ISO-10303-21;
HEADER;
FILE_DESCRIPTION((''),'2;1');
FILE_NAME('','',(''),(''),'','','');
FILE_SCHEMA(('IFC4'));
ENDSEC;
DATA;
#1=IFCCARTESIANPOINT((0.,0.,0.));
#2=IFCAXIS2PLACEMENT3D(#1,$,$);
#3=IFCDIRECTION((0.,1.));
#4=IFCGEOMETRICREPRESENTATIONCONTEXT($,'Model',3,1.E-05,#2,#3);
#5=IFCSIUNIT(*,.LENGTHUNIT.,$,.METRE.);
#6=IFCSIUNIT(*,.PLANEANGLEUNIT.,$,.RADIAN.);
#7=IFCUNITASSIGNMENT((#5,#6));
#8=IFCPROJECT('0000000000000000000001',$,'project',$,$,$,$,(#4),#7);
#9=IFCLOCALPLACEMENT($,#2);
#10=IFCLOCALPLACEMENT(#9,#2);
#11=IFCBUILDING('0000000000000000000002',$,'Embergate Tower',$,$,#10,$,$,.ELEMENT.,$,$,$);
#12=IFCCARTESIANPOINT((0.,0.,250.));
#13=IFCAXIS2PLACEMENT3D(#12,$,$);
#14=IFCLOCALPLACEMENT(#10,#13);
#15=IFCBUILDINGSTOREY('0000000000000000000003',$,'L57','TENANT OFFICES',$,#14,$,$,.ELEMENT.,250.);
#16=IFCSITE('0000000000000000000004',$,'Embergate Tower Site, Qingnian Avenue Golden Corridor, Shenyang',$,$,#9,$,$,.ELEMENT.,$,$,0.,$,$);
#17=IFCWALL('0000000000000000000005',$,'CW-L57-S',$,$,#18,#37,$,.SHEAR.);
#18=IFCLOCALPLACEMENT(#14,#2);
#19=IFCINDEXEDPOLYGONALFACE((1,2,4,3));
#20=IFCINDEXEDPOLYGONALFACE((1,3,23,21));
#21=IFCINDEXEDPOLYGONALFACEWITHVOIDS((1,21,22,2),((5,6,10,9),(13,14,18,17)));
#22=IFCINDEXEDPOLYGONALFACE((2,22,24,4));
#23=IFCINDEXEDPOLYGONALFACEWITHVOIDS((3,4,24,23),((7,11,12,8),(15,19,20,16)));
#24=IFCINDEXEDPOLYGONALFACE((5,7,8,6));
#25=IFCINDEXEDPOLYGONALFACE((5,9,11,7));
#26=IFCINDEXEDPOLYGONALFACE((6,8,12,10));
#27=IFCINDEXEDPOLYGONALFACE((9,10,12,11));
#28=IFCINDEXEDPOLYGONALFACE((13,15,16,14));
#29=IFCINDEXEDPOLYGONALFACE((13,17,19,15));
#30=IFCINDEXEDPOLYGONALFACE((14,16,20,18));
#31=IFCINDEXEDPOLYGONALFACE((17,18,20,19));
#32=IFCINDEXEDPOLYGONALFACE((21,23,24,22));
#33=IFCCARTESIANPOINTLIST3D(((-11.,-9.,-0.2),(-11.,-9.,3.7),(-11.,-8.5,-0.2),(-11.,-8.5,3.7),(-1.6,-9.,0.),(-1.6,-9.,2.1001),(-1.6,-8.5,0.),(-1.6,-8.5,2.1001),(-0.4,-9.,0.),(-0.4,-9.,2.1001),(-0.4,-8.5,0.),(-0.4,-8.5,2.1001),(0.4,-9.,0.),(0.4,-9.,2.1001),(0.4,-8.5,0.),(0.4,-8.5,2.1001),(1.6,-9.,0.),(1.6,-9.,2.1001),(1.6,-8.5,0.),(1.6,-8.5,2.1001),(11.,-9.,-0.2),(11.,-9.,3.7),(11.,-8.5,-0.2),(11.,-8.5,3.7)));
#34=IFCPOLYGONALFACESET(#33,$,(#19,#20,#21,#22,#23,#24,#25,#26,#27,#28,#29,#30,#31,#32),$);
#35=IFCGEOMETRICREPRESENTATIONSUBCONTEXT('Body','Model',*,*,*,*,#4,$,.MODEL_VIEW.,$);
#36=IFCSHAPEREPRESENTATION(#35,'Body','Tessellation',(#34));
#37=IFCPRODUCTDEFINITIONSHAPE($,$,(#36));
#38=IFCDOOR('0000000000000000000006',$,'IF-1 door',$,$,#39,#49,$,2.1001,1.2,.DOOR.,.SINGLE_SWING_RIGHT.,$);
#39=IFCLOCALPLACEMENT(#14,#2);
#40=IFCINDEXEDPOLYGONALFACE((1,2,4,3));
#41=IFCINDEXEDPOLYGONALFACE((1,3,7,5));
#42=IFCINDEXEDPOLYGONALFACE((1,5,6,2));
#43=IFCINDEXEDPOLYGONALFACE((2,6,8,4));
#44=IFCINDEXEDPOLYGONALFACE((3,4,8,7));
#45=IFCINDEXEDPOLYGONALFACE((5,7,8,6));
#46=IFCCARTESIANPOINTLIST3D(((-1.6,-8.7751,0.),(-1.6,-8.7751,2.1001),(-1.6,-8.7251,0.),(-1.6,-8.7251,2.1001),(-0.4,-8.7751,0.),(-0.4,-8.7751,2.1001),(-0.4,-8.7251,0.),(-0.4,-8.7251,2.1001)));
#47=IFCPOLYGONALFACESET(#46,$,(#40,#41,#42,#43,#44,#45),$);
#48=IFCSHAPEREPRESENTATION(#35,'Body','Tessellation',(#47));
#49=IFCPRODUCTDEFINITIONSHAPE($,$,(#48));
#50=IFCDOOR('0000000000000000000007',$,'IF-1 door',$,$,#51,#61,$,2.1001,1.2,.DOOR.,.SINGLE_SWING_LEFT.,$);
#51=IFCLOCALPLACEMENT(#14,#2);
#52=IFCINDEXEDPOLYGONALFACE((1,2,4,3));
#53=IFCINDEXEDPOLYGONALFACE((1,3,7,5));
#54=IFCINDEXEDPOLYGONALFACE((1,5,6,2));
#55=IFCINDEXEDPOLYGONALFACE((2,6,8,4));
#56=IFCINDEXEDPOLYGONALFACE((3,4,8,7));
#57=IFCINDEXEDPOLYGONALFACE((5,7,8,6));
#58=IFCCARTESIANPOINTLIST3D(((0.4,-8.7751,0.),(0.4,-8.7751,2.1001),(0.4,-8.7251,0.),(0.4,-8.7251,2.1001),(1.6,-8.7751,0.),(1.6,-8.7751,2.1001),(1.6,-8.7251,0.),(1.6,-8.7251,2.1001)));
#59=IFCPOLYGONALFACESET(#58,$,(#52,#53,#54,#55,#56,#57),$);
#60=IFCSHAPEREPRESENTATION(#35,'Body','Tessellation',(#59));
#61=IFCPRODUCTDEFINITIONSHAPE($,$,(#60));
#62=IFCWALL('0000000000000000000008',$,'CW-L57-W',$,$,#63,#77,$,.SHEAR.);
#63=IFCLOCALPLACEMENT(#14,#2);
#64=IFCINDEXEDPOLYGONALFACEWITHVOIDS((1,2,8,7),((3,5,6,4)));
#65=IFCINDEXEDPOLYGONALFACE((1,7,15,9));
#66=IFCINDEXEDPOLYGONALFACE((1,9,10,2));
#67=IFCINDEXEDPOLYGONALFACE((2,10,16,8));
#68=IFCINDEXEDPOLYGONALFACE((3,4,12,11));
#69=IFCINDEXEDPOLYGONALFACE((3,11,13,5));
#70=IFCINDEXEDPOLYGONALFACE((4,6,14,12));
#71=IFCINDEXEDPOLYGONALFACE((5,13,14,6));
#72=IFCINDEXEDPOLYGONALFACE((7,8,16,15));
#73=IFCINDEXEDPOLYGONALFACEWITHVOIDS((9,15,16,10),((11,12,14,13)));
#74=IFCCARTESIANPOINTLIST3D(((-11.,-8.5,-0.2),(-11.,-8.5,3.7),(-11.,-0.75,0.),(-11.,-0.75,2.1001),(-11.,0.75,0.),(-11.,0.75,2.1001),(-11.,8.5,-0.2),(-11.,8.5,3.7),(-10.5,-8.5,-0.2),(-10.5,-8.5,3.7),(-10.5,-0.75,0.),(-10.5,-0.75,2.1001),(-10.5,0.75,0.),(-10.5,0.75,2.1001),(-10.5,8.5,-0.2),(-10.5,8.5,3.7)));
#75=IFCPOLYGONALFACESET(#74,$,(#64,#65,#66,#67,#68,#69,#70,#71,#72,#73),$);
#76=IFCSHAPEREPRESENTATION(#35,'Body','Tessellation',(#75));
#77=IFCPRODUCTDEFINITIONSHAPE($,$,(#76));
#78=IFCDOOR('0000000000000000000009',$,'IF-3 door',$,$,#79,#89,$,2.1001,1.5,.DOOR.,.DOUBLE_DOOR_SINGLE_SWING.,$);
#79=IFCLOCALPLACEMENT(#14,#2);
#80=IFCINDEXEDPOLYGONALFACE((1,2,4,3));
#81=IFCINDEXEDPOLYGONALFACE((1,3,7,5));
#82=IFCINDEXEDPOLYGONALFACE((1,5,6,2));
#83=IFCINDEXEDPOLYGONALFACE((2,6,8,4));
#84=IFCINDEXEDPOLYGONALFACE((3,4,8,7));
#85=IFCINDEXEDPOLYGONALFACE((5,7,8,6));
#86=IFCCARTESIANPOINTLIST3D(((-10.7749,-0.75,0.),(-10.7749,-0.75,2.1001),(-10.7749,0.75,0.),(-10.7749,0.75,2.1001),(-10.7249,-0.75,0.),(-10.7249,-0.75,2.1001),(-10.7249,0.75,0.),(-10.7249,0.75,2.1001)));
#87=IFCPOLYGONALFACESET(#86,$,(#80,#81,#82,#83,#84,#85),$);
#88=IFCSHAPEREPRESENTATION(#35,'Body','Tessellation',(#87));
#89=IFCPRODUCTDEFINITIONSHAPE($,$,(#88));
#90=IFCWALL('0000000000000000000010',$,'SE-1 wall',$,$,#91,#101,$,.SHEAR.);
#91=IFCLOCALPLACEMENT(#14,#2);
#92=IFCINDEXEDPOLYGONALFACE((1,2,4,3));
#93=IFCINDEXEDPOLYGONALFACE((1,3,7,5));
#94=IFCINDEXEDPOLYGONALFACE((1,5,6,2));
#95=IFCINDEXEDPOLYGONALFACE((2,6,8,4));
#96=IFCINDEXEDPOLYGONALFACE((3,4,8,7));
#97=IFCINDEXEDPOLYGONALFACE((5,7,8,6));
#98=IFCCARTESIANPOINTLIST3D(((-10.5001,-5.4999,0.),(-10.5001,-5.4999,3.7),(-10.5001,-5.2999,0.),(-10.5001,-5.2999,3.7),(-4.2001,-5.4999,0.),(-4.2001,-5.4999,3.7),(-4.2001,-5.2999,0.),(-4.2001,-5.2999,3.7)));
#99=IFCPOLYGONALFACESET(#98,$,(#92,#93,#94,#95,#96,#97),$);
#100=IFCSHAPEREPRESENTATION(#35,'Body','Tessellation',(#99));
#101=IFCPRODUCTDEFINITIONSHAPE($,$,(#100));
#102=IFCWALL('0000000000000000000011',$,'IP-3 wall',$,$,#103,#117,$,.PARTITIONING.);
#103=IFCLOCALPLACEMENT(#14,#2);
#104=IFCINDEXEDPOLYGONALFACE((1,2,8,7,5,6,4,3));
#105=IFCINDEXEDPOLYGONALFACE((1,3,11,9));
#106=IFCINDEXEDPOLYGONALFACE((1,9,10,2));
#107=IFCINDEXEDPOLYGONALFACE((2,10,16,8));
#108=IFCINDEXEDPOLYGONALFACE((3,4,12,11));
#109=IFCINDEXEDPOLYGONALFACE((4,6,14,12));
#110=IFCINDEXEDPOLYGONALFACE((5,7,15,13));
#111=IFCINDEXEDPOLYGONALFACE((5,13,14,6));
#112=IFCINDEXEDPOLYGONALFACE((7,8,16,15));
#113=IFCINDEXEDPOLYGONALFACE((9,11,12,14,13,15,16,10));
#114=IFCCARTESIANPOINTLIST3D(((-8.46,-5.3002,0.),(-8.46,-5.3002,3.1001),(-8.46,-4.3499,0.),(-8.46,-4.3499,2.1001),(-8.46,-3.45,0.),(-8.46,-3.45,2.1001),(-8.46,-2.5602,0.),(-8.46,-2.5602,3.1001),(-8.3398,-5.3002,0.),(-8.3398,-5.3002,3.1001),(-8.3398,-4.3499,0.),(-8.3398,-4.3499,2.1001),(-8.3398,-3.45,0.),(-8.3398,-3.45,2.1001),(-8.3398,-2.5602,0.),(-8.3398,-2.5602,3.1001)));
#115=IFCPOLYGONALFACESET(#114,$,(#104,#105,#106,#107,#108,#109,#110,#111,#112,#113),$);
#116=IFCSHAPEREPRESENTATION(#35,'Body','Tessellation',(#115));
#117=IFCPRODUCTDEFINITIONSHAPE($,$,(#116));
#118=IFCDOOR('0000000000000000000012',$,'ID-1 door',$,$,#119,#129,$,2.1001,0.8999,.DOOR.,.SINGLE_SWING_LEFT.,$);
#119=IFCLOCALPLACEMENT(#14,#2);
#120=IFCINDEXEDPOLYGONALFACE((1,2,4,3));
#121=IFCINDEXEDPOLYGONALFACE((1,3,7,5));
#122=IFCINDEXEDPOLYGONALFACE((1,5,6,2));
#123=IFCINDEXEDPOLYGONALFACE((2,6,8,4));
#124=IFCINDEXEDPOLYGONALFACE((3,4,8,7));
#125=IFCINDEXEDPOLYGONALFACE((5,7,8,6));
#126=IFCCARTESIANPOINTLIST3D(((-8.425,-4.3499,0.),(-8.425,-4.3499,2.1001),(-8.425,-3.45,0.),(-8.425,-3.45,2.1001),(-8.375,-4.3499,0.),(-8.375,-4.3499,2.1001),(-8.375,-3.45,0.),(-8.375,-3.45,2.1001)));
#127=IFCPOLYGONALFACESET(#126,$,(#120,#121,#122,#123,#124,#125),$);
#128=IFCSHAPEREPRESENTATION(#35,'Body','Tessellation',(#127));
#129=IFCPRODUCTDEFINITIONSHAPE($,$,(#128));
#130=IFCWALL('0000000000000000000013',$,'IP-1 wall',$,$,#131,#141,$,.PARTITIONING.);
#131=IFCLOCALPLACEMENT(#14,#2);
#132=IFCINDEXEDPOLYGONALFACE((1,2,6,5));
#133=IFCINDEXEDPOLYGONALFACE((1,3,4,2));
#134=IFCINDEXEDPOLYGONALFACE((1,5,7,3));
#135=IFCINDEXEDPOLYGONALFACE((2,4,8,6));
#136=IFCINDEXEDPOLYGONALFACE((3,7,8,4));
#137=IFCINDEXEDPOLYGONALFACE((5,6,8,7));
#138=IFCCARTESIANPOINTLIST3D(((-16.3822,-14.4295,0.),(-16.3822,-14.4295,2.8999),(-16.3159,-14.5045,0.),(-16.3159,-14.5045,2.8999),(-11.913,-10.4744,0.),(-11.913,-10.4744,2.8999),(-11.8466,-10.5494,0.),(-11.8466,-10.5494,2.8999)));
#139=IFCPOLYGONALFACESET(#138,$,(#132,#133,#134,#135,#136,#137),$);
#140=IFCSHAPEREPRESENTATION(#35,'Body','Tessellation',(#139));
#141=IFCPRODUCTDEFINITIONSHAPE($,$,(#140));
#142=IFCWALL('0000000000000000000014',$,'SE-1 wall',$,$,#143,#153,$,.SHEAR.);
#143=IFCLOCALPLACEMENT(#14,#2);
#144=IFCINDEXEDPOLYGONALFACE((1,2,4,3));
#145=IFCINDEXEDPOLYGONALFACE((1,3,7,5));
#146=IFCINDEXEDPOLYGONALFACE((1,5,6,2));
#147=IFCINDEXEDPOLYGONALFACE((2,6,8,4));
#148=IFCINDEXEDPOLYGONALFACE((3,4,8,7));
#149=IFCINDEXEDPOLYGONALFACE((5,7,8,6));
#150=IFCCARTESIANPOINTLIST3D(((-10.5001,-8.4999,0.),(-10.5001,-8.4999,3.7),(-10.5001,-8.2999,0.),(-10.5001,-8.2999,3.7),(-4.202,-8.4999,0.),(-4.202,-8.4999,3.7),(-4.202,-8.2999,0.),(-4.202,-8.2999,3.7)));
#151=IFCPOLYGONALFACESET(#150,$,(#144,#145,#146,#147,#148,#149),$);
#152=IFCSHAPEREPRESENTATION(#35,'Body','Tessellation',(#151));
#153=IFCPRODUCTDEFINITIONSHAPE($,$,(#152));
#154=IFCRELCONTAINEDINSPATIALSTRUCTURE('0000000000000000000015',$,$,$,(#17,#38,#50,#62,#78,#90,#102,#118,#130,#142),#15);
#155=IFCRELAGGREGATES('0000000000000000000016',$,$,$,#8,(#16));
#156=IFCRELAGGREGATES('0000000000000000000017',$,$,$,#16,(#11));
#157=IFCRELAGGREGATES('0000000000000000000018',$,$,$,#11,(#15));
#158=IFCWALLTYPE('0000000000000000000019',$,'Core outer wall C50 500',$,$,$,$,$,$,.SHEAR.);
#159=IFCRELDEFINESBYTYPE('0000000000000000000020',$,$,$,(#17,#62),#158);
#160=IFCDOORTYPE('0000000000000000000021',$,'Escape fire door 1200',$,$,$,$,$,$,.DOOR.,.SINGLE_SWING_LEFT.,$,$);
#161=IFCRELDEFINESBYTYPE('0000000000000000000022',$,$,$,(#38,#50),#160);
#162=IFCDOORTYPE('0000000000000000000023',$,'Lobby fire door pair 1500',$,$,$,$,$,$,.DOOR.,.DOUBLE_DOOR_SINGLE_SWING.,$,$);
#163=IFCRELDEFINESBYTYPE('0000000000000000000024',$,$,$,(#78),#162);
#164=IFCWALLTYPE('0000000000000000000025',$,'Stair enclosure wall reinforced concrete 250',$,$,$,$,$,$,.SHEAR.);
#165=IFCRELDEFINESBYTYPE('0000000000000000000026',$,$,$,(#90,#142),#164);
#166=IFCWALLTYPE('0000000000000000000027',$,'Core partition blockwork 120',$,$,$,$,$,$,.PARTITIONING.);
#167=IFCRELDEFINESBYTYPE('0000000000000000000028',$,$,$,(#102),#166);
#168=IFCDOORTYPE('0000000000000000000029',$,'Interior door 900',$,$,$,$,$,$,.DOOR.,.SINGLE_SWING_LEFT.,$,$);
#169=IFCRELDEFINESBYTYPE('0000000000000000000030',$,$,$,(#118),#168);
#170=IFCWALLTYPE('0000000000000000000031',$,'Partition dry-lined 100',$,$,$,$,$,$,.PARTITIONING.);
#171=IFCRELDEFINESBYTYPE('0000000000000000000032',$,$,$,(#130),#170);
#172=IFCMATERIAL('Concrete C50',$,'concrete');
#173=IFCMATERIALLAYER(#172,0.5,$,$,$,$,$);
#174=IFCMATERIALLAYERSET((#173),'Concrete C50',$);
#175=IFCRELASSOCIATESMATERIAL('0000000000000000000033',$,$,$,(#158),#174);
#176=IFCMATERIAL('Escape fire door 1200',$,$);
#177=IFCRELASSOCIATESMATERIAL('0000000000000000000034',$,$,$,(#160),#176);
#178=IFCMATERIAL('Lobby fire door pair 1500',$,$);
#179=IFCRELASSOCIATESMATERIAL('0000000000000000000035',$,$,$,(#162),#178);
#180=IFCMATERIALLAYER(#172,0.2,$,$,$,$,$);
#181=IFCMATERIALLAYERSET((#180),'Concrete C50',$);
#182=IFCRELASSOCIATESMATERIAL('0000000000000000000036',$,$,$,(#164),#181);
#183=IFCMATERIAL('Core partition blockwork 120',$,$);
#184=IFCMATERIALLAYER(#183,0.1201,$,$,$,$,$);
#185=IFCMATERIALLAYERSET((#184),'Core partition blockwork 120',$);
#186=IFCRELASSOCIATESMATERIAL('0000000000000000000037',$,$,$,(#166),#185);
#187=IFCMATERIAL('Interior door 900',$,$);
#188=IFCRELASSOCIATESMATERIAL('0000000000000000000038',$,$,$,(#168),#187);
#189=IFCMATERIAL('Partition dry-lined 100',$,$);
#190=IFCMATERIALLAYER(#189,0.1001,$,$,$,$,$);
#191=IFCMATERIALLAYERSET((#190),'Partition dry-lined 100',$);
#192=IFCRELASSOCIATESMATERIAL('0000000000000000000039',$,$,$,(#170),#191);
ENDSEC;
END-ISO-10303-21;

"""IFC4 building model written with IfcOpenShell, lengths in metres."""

from ifc_helpers import new_model, si_unit, direction, frame, frame_2d, origin, place, context, subcontext, project, spatial, rectangle, extrude, source, transform, mapped, material, layer, layer_set, type_object, element, fill, save


model = new_model("IFC4")

# Units and contexts
model_context = context("Model", 3, precision=1e-05, world=origin(), true_north=direction((0.0, 1.0)))
body_context = subcontext(model_context, "Body", "Model", "MODEL_VIEW")
ifc_project = project(units=[si_unit("LENGTHUNIT", "METRE"), si_unit("PLANEANGLEUNIT", "RADIAN")], contexts=[model_context])

# Site, building, storey
site_placement = place(None, origin())
site = spatial("IfcSite", under=ifc_project, at=site_placement, Name="Embergate Tower Site, Qingnian Avenue Golden Corridor, Shenyang", CompositionType="ELEMENT", RefElevation=0.0)
building_placement = place(site_placement, origin())
building = spatial("IfcBuilding", under=site, at=building_placement, Name="Embergate Tower", CompositionType="ELEMENT")
storey_placement = place(building_placement, frame((0.0, 0.0, 250.0)))
storey = spatial("IfcBuildingStorey", under=building, at=storey_placement, Name="L57", Description="TENANT OFFICES", CompositionType="ELEMENT", Elevation=250.0)

# Wall, openings, doors
ifc_material_1 = material(Name="Concrete C50", Category="concrete")
ifc_layer_1 = layer(ifc_material_1, 0.5)
ifc_layer_set_1 = layer_set([ifc_layer_1], Name="Concrete C50")
wall_type_1 = type_object("IfcWallType", Name="Core outer wall C50 500", PredefinedType="SHEAR", material=ifc_layer_set_1)
shared_shape_1 = source(origin(), body_context, "Body", "SweptSolid", [
    extrude(rectangle(XDim=22.0, YDim=0.5, at=frame_2d((11.0, 0.0))), origin(), (0.0, 0.0, 1.0), 3.8999),
])
wall_1_placement = place(storey_placement, frame((-11.0, -8.75, -0.2), z_axis=(0.0, 0.0, 1.0), x_axis=(1.0, 0.0, 0.0)))
wall_1 = element("IfcWall", 1, at=wall_1_placement, inside=storey, type_object=wall_type_1, Name="CW-L57-S", PredefinedType="SHEAR", context=body_context, shape_type="MappedRepresentation", body=[
    mapped(shared_shape_1, transform((0.0, 0.0, 0.0))),
])
shared_shape_2 = source(origin(), body_context, "Body", "SweptSolid", [
    extrude(rectangle(XDim=1.2, YDim=2.1001, at=frame_2d((0.6001, 1.05))), frame((0.0, 0.26, 0.0), z_axis=(0.0, -1.0, 0.0), x_axis=(1.0, 0.0, 0.0)), (0.0, 0.0, 1.0), 0.52),
])
opening_1_placement = place(wall_1_placement, frame((9.3999, 0.0, 0.2)))
opening_1 = element("IfcOpeningElement", 2, at=opening_1_placement, cuts=wall_1, PredefinedType="OPENING", context=body_context, shape_type="MappedRepresentation", body=[
    mapped(shared_shape_2, transform((0.0, 0.0, 0.0))),
])
opening_2_placement = place(wall_1_placement, frame((11.3999, 0.0, 0.2)))
opening_2 = element("IfcOpeningElement", 3, at=opening_2_placement, cuts=wall_1, PredefinedType="OPENING", context=body_context, shape_type="MappedRepresentation", body=[
    mapped(shared_shape_2, transform((0.0, 0.0, 0.0))),
])
ifc_material_2 = material(Name="Escape fire door 1200")
door_type_1 = type_object("IfcDoorType", Name="Escape fire door 1200", OperationType="SINGLE_SWING_LEFT", PredefinedType="DOOR", material=ifc_material_2)
shared_shape_3 = source(origin(), body_context, "Body", "SweptSolid", [
    extrude(rectangle(XDim=1.2, YDim=2.1001, at=frame_2d((0.6001, 1.05))), frame((0.0, 0.0249, 0.0), z_axis=(0.0, -1.0, 0.0), x_axis=(1.0, 0.0, 0.0)), (0.0, 0.0, 1.0), 0.05),
])
door_1_placement = place(opening_1_placement, origin())
door_1 = element("IfcDoor", 4, at=door_1_placement, inside=storey, type_object=door_type_1, Name="IF-1 door", OperationType="SINGLE_SWING_RIGHT", OverallHeight=2.1001, OverallWidth=1.2, PredefinedType="DOOR", context=body_context, shape_type="MappedRepresentation", body=[
    mapped(shared_shape_3, transform((0.0, 0.0, 0.0))),
])
fill(opening_1, door_1)
door_2_placement = place(opening_2_placement, origin())
door_2 = element("IfcDoor", 5, at=door_2_placement, inside=storey, type_object=door_type_1, Name="IF-1 door", OperationType="SINGLE_SWING_LEFT", OverallHeight=2.1001, OverallWidth=1.2, PredefinedType="DOOR", context=body_context, shape_type="MappedRepresentation", body=[
    mapped(shared_shape_3, transform((0.0, 0.0, 0.0))),
])
fill(opening_2, door_2)

# Wall, opening, door
shared_shape_4 = source(origin(), body_context, "Body", "SweptSolid", [
    extrude(rectangle(XDim=17.0, YDim=0.5, at=frame_2d((8.5, 0.0))), origin(), (0.0, 0.0, 1.0), 3.8999),
])
wall_2_placement = place(storey_placement, frame((-10.75, -8.5, -0.2), z_axis=(0.0, 0.0, 1.0), x_axis=(0.0, 1.0, 0.0)))
wall_2 = element("IfcWall", 6, at=wall_2_placement, inside=storey, type_object=wall_type_1, Name="CW-L57-W", PredefinedType="SHEAR", context=body_context, shape_type="MappedRepresentation", body=[
    mapped(shared_shape_4, transform((0.0, 0.0, 0.0))),
])
shared_shape_5 = source(origin(), body_context, "Body", "SweptSolid", [
    extrude(rectangle(XDim=1.5, YDim=2.1001, at=frame_2d((0.75, 1.05))), frame((0.0, 0.26, 0.0), z_axis=(0.0, -1.0, 0.0), x_axis=(1.0, 0.0, 0.0)), (0.0, 0.0, 1.0), 0.52),
])
opening_3_placement = place(wall_2_placement, frame((7.75, 0.0, 0.2)))
opening_3 = element("IfcOpeningElement", 7, at=opening_3_placement, cuts=wall_2, PredefinedType="OPENING", context=body_context, shape_type="MappedRepresentation", body=[
    mapped(shared_shape_5, transform((0.0, 0.0, 0.0))),
])
ifc_material_3 = material(Name="Lobby fire door pair 1500")
door_type_2 = type_object("IfcDoorType", Name="Lobby fire door pair 1500", OperationType="DOUBLE_DOOR_SINGLE_SWING", PredefinedType="DOOR", material=ifc_material_3)
shared_shape_6 = source(origin(), body_context, "Body", "SweptSolid", [
    extrude(rectangle(XDim=1.5, YDim=2.1001, at=frame_2d((0.75, 1.05))), frame((0.0, 0.0249, 0.0), z_axis=(0.0, -1.0, 0.0), x_axis=(1.0, 0.0, 0.0)), (0.0, 0.0, 1.0), 0.05),
])
door_3_placement = place(opening_3_placement, origin())
door_3 = element("IfcDoor", 8, at=door_3_placement, inside=storey, type_object=door_type_2, Name="IF-3 door", OperationType="DOUBLE_DOOR_SINGLE_SWING", OverallHeight=2.1001, OverallWidth=1.5, PredefinedType="DOOR", context=body_context, shape_type="MappedRepresentation", body=[
    mapped(shared_shape_6, transform((0.0, 0.0, 0.0))),
])
fill(opening_3, door_3)

# Wall
ifc_layer_2 = layer(ifc_material_1, 0.2)
ifc_layer_set_2 = layer_set([ifc_layer_2], Name="Concrete C50")
wall_type_2 = type_object("IfcWallType", Name="Stair enclosure wall reinforced concrete 250", PredefinedType="SHEAR", material=ifc_layer_set_2)
shared_shape_7 = source(origin(), body_context, "Body", "SweptSolid", [
    extrude(rectangle(XDim=6.3, YDim=0.2, at=frame_2d((3.1499, 0.0))), origin(), (0.0, 0.0, 1.0), 3.7),
])
wall_3_placement = place(storey_placement, frame((-10.5, -5.3999, 0.0), z_axis=(0.0, 0.0, 1.0), x_axis=(1.0, 0.0, 0.0)))
element("IfcWall", 9, at=wall_3_placement, inside=storey, type_object=wall_type_2, Name="SE-1 wall", PredefinedType="SHEAR", context=body_context, shape_type="MappedRepresentation", body=[
    mapped(shared_shape_7, transform((0.0, 0.0, 0.0))),
])

# Wall, opening, door
ifc_material_4 = material(Name="Core partition blockwork 120")
ifc_layer_3 = layer(ifc_material_4, 0.1201)
ifc_layer_set_3 = layer_set([ifc_layer_3], Name="Core partition blockwork 120")
wall_type_3 = type_object("IfcWallType", Name="Core partition blockwork 120", PredefinedType="PARTITIONING", material=ifc_layer_set_3)
shared_shape_8 = source(origin(), body_context, "Body", "SweptSolid", [
    extrude(rectangle(XDim=2.74, YDim=0.1201, at=frame_2d((1.3701, 0.0))), origin(), (0.0, 0.0, 1.0), 3.1001),
])
wall_4_placement = place(storey_placement, frame((-8.3999, -2.5601, 0.0), z_axis=(0.0, 0.0, 1.0), x_axis=(0.0, -1.0, 0.0)))
wall_4 = element("IfcWall", 10, at=wall_4_placement, inside=storey, type_object=wall_type_3, Name="IP-3 wall", PredefinedType="PARTITIONING", context=body_context, shape_type="MappedRepresentation", body=[
    mapped(shared_shape_8, transform((0.0, 0.0, 0.0))),
])
shared_shape_9 = source(origin(), body_context, "Body", "SweptSolid", [
    extrude(rectangle(XDim=0.8999, YDim=2.1001, at=frame_2d((0.45, 1.05))), frame((0.0, 0.0701, 0.0), z_axis=(0.0, -1.0, 0.0), x_axis=(1.0, 0.0, 0.0)), (0.0, 0.0, 1.0), 0.1401),
])
opening_4_placement = place(wall_4_placement, frame((0.8899, 0.0, 0.0)))
opening_4 = element("IfcOpeningElement", 11, at=opening_4_placement, cuts=wall_4, PredefinedType="OPENING", context=body_context, shape_type="MappedRepresentation", body=[
    mapped(shared_shape_9, transform((0.0, 0.0, 0.0))),
])
ifc_material_5 = material(Name="Interior door 900")
door_type_3 = type_object("IfcDoorType", Name="Interior door 900", OperationType="SINGLE_SWING_LEFT", PredefinedType="DOOR", material=ifc_material_5)
shared_shape_10 = source(origin(), body_context, "Body", "SweptSolid", [
    extrude(rectangle(XDim=0.8999, YDim=2.1001, at=frame_2d((0.45, 1.05))), frame((0.0, 0.0249, 0.0), z_axis=(0.0, -1.0, 0.0), x_axis=(1.0, 0.0, 0.0)), (0.0, 0.0, 1.0), 0.05),
])
door_4_placement = place(opening_4_placement, origin())
door_4 = element("IfcDoor", 12, at=door_4_placement, inside=storey, type_object=door_type_3, Name="ID-1 door", OperationType="SINGLE_SWING_LEFT", OverallHeight=2.1001, OverallWidth=0.8999, PredefinedType="DOOR", context=body_context, shape_type="MappedRepresentation", body=[
    mapped(shared_shape_10, transform((0.0, 0.0, 0.0))),
])
fill(opening_4, door_4)

# Walls
ifc_material_6 = material(Name="Partition dry-lined 100")
ifc_layer_4 = layer(ifc_material_6, 0.1001)
ifc_layer_set_4 = layer_set([ifc_layer_4], Name="Partition dry-lined 100")
wall_type_4 = type_object("IfcWallType", Name="Partition dry-lined 100", PredefinedType="PARTITIONING", material=ifc_layer_set_4)
shared_shape_11 = source(origin(), body_context, "Body", "SweptSolid", [
    extrude(rectangle(XDim=5.968, YDim=0.1001, at=frame_2d((2.9839, 0.0))), origin(), (0.0, 0.0, 1.0), 2.8999),
])
wall_5_placement = place(storey_placement, frame((-11.8799, -10.512, 0.0), z_axis=(0.0, 0.0, 1.0), x_axis=(-0.74887, -0.662717, 0.0)))
element("IfcWall", 13, at=wall_5_placement, inside=storey, type_object=wall_type_4, Name="IP-1 wall", PredefinedType="PARTITIONING", context=body_context, shape_type="MappedRepresentation", body=[
    mapped(shared_shape_11, transform((0.0, 0.0, 0.0))),
])
shared_shape_12 = source(origin(), body_context, "Body", "SweptSolid", [
    extrude(rectangle(XDim=6.2981, YDim=0.2, at=frame_2d((3.1489, 0.0))), origin(), (0.0, 0.0, 1.0), 3.7),
])
wall_6_placement = place(storey_placement, frame((-10.5, -8.3999, 0.0), z_axis=(0.0, 0.0, 1.0), x_axis=(1.0, 0.0, 0.0)))
element("IfcWall", 14, at=wall_6_placement, inside=storey, type_object=wall_type_2, Name="SE-1 wall", PredefinedType="SHEAR", context=body_context, shape_type="MappedRepresentation", body=[
    mapped(shared_shape_12, transform((0.0, 0.0, 0.0))),
])

save(model, "model.ifc")
